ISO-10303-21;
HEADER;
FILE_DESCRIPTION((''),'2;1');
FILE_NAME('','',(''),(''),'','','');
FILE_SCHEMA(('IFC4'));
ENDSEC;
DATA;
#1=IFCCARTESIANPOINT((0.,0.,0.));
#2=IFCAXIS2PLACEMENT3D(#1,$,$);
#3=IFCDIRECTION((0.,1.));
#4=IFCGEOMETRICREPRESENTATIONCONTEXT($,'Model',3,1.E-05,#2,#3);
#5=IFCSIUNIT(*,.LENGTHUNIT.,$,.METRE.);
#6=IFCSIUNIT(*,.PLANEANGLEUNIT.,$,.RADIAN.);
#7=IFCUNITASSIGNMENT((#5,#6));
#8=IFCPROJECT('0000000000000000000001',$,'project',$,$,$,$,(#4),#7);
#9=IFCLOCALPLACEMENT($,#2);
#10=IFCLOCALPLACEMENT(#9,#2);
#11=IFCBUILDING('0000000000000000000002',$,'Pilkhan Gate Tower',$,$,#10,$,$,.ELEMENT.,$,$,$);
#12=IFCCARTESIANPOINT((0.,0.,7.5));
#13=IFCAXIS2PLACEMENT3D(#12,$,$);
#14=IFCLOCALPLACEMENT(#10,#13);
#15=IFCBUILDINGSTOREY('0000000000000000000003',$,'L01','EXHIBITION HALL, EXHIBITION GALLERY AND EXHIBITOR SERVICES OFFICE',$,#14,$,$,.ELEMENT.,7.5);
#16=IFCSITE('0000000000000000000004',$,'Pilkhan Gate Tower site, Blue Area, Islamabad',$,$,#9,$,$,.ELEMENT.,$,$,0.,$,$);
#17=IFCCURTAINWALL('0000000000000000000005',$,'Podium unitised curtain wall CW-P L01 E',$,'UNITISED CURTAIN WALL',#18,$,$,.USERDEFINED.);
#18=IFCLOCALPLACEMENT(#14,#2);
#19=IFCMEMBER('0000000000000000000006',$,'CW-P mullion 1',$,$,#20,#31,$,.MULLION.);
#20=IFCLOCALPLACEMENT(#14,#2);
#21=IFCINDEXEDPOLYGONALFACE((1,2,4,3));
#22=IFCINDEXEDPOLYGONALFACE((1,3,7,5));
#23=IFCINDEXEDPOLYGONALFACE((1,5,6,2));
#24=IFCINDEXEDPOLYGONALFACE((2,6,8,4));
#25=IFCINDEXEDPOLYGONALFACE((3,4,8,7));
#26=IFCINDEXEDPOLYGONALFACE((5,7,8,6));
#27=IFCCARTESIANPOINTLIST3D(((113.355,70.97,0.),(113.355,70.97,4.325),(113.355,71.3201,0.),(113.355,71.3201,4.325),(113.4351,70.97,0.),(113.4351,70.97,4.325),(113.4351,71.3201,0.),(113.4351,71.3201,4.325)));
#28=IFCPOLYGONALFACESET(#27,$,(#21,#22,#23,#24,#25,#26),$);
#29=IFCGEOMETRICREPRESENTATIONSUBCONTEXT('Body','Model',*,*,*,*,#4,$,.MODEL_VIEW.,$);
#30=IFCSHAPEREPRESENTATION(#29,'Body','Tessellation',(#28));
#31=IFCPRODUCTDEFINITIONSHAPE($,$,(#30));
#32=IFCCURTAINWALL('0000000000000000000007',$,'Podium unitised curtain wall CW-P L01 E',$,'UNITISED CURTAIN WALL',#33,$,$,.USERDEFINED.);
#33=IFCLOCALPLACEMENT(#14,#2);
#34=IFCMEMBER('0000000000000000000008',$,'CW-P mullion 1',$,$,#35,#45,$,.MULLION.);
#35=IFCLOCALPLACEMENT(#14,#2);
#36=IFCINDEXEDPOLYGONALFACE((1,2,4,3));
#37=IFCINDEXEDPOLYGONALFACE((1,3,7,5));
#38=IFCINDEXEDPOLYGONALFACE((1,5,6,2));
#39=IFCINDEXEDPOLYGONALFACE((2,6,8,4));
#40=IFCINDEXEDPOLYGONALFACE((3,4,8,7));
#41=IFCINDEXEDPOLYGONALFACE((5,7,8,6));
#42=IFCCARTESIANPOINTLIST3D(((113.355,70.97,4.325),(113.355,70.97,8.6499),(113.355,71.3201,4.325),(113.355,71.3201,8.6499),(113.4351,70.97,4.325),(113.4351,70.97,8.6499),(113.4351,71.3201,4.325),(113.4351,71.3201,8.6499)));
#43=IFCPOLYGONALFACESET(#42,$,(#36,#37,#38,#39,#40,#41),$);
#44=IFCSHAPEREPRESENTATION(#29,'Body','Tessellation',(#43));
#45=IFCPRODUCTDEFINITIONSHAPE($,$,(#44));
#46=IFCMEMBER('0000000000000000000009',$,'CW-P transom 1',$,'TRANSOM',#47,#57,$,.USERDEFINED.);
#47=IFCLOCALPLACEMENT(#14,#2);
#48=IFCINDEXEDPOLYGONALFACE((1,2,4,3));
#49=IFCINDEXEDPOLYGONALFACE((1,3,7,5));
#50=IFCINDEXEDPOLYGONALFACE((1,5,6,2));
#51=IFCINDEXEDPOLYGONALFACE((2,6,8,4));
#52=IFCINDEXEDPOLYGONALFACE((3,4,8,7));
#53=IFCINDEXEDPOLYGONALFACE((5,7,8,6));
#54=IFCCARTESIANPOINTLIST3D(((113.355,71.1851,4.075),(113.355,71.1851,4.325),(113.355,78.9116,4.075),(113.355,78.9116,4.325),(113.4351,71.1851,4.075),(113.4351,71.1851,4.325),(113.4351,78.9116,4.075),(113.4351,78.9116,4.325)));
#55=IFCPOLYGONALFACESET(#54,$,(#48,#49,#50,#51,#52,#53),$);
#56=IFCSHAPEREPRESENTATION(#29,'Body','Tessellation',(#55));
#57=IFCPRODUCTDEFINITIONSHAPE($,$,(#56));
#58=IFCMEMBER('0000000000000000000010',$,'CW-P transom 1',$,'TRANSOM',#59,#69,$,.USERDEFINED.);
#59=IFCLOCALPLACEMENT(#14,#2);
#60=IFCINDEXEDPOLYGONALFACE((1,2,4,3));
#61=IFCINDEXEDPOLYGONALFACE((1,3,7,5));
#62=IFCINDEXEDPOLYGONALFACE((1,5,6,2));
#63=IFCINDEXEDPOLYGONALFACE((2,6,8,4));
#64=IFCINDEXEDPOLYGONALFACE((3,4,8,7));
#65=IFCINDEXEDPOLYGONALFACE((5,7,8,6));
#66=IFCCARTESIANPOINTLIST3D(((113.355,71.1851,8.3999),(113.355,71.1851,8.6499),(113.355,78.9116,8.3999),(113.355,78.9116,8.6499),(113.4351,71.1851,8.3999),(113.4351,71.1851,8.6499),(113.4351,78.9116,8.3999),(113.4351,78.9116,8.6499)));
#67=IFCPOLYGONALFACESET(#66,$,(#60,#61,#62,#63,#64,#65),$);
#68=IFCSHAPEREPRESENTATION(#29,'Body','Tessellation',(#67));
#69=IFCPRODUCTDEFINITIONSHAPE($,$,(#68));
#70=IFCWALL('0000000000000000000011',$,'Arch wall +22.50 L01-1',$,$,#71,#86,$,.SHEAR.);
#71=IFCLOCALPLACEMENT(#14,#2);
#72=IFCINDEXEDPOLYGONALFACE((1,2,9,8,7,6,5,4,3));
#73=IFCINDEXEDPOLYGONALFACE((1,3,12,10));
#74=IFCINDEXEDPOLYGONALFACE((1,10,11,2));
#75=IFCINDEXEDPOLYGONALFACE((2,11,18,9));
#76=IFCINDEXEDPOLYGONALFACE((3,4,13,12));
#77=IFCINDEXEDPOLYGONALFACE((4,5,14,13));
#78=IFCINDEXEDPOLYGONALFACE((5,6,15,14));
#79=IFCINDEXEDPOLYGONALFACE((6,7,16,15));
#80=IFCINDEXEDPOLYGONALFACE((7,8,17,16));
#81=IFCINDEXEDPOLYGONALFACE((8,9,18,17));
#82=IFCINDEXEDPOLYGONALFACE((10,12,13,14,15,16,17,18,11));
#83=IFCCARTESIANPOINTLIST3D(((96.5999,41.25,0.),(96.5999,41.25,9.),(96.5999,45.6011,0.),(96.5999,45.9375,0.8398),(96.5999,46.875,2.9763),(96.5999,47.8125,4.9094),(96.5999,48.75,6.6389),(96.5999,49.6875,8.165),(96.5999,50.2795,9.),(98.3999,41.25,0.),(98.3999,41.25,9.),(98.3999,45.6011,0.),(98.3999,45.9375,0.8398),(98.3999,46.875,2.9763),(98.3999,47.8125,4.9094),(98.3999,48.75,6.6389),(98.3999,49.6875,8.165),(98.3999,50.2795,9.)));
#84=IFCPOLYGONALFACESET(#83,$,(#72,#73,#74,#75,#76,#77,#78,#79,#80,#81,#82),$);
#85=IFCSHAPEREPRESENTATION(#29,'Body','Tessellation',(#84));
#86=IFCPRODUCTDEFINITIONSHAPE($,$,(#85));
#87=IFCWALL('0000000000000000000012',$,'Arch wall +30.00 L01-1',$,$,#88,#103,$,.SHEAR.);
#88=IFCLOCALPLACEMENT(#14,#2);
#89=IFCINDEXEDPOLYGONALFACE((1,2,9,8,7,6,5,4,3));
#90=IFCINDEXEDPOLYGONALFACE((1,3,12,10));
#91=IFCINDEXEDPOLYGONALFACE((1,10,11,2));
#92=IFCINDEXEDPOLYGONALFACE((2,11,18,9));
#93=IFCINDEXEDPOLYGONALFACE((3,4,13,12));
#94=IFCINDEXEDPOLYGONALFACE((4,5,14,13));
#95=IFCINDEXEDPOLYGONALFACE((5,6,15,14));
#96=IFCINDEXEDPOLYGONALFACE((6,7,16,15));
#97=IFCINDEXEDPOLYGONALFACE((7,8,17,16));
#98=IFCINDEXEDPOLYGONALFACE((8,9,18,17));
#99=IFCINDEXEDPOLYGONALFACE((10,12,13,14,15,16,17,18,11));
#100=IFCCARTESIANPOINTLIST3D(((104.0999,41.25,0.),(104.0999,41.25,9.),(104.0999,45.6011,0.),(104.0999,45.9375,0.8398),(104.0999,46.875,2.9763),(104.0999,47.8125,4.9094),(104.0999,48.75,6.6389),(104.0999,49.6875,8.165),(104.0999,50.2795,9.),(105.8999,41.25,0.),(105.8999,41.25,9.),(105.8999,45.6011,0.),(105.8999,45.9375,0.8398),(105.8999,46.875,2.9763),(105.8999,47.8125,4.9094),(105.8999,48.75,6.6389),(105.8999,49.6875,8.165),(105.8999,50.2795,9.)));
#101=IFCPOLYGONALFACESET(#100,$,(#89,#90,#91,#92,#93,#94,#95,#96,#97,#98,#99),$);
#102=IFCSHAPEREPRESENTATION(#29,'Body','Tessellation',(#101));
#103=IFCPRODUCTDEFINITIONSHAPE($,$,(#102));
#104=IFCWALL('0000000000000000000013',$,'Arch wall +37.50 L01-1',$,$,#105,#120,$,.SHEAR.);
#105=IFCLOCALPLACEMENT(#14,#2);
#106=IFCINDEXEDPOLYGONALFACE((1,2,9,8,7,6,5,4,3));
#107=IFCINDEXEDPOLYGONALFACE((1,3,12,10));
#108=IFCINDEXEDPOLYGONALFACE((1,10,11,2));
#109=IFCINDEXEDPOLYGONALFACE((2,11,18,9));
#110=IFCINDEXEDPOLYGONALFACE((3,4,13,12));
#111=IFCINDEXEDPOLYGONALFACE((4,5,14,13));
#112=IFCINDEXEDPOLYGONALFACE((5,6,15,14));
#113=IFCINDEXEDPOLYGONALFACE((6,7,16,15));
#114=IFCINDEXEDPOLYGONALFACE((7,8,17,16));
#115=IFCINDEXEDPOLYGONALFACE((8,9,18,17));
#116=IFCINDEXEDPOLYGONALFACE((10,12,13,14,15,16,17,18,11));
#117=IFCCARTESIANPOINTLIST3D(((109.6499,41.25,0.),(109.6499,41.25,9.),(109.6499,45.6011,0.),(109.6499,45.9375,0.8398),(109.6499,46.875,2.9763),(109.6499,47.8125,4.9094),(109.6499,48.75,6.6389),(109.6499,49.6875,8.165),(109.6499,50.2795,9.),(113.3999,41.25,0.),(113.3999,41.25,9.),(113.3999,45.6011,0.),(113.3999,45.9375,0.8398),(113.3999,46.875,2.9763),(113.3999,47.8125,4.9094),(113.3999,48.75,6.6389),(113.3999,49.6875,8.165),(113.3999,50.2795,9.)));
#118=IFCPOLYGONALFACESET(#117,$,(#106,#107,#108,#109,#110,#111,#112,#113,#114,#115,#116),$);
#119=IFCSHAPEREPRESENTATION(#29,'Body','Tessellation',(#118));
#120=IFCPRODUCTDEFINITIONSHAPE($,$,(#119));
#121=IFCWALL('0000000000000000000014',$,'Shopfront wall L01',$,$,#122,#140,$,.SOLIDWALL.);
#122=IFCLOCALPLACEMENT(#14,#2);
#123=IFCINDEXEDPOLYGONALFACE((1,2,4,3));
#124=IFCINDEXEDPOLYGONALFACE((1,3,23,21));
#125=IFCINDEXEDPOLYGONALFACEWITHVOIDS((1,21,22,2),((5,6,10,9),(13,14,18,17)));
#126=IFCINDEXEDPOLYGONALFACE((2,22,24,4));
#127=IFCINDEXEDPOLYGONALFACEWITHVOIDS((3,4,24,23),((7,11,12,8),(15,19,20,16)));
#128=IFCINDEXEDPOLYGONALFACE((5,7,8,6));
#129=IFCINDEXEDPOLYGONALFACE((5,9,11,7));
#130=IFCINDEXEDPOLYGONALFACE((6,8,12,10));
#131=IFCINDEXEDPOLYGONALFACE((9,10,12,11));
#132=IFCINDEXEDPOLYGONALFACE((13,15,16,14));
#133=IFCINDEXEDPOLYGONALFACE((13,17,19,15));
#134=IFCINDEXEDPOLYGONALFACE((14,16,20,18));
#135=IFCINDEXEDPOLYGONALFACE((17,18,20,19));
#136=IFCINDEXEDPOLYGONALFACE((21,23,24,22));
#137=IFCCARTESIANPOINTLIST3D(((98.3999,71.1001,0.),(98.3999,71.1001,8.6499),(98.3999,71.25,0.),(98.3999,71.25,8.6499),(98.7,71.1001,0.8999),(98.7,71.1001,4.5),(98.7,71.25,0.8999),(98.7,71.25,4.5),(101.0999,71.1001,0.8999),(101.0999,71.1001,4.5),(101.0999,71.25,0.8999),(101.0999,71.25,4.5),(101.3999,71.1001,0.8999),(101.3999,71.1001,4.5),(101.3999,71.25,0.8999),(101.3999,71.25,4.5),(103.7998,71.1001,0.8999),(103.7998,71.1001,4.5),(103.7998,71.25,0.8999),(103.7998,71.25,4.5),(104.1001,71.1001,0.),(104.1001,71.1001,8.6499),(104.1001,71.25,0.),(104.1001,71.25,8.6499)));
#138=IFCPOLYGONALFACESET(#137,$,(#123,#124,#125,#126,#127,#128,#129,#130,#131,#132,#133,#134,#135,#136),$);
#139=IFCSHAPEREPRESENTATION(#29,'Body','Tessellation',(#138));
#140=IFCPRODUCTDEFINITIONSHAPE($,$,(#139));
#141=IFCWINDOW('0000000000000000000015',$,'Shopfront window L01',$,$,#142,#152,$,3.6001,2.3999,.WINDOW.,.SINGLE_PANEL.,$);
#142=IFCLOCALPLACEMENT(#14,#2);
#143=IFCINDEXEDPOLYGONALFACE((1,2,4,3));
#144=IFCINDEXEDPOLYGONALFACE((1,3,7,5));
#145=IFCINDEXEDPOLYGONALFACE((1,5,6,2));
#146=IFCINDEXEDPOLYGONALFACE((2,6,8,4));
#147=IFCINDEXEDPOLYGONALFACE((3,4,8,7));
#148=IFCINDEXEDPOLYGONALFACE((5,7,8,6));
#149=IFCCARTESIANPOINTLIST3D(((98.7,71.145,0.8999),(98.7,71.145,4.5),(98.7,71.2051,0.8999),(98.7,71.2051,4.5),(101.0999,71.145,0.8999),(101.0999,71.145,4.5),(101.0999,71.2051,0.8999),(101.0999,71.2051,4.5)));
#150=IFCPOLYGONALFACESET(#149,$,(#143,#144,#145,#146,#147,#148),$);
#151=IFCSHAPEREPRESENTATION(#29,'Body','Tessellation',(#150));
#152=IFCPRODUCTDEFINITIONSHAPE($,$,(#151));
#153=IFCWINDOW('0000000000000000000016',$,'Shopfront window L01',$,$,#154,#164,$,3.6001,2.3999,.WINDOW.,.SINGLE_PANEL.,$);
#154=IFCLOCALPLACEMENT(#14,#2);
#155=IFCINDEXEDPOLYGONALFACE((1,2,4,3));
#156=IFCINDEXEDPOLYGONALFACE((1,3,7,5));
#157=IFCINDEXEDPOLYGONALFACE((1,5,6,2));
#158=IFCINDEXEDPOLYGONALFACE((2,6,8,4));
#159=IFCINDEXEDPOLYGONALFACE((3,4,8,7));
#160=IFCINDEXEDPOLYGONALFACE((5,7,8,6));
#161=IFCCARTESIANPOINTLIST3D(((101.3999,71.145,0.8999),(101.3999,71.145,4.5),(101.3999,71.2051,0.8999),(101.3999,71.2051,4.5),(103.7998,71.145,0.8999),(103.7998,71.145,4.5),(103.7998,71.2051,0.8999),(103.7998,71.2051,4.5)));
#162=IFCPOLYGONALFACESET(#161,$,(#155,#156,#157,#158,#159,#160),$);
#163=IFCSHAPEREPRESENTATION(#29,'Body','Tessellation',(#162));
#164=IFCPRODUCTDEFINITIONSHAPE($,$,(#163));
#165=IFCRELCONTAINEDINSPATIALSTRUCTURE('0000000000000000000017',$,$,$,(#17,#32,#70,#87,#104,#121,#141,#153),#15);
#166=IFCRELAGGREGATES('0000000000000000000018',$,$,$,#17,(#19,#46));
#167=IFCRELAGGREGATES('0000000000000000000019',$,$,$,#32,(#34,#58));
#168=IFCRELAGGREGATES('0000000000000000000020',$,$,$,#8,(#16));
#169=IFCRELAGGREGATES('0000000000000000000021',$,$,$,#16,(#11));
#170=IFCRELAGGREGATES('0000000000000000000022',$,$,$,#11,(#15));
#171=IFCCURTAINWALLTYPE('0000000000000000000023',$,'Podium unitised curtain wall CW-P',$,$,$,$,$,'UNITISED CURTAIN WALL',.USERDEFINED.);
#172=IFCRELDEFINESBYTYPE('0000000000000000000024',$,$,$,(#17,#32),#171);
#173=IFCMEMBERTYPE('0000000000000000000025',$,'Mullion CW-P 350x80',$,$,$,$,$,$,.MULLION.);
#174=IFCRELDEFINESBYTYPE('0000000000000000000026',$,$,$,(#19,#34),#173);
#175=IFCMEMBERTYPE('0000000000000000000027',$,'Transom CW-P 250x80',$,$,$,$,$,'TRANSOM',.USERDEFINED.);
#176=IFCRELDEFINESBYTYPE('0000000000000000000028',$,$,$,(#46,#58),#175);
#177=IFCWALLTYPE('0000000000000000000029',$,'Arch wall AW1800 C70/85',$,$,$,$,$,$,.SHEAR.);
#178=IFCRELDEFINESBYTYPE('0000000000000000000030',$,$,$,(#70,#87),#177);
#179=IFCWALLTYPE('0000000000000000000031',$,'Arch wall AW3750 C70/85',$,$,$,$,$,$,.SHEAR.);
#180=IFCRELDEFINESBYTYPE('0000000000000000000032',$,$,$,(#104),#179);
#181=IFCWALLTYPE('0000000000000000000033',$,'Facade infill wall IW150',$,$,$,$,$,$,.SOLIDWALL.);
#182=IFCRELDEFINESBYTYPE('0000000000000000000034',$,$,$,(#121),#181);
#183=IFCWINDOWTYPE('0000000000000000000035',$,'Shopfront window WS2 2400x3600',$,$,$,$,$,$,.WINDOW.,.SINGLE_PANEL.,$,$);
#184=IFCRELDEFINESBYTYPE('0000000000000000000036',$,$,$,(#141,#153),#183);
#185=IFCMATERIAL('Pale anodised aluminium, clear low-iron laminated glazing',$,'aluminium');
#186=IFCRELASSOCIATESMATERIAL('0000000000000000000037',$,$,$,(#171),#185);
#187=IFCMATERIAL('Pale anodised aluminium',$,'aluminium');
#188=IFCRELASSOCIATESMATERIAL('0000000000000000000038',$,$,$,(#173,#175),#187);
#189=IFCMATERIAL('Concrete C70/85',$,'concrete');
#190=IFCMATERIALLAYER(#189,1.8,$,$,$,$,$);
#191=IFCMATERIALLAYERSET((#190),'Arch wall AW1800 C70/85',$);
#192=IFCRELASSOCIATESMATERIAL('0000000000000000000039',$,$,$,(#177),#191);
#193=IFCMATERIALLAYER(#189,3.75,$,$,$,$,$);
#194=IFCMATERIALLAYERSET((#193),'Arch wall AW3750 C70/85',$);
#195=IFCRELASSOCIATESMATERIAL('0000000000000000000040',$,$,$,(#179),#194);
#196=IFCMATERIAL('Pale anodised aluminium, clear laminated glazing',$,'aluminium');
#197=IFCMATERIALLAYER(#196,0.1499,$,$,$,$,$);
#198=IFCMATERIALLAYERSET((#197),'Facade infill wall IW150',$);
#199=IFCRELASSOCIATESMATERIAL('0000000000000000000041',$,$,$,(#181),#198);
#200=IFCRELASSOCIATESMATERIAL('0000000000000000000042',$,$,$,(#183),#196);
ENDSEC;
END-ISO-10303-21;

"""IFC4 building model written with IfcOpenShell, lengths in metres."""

from ifc_helpers import new_model, si_unit, direction, frame, frame_2d, origin, origin_2d, place, context, subcontext, project, spatial, polyline, rectangle, outline, extrude, material, layer, layer_set, material_profile, profile_set, type_object, element, fill, aggregate, save


model = new_model("IFC4")

# Units and contexts
model_context = context("Model", 3, precision=1e-05, world=origin(), true_north=direction((0.0, 1.0)))
body_context = subcontext(model_context, "Body", "Model", "MODEL_VIEW")
ifc_project = project(units=[si_unit("LENGTHUNIT", "METRE"), si_unit("PLANEANGLEUNIT", "RADIAN")], contexts=[model_context])

# Site, building, storey
site_placement = place(None, origin())
site = spatial("IfcSite", under=ifc_project, at=site_placement, Name="Pilkhan Gate Tower site, Blue Area, Islamabad", CompositionType="ELEMENT", RefElevation=0.0)
building_placement = place(site_placement, origin())
building = spatial("IfcBuilding", under=site, at=building_placement, Name="Pilkhan Gate Tower", CompositionType="ELEMENT")
storey_placement = place(building_placement, frame((0.0, 0.0, 7.5)))
storey = spatial("IfcBuildingStorey", under=building, at=storey_placement, Name="L01", Description="EXHIBITION HALL, EXHIBITION GALLERY AND EXHIBITOR SERVICES OFFICE", CompositionType="ELEMENT", Elevation=7.5)

# Curtain walls, members
ifc_material_1 = material(Name="Pale anodised aluminium, clear low-iron laminated glazing", Category="aluminium")
curtain_wall_type = type_object("IfcCurtainWallType", Name="Podium unitised curtain wall CW-P", ElementType="UNITISED CURTAIN WALL", PredefinedType="USERDEFINED", material=ifc_material_1)
curtain_wall_1_placement = place(storey_placement, origin())
curtain_wall_1 = element("IfcCurtainWall", 1, at=curtain_wall_1_placement, inside=storey, type_object=curtain_wall_type, Name="Podium unitised curtain wall CW-P L01 E", ObjectType="UNITISED CURTAIN WALL", PredefinedType="USERDEFINED")
ifc_material_2 = material(Name="Pale anodised aluminium", Category="aluminium")
ifc_material_profile_1 = material_profile(ifc_material_2, rectangle(XDim=0.0801, YDim=0.3501, at=origin_2d()), Name="Mullion 350x80")
ifc_profile_set_1 = profile_set([ifc_material_profile_1], Name="Pale anodised aluminium")
member_type_1 = type_object("IfcMemberType", Name="Mullion CW-P 350x80", PredefinedType="MULLION", material=ifc_profile_set_1)
member_1_placement = place(storey_placement, frame((113.395, 71.145, 0.0), z_axis=(0.0, 0.0, 1.0), x_axis=(-1.0, 0.0, 0.0)))
member_1 = element("IfcMember", 2, at=member_1_placement, type_object=member_type_1, Name="CW-P mullion 1", PredefinedType="MULLION", context=body_context, shape_type="SweptSolid", body=[
    extrude(rectangle(XDim=0.0801, YDim=0.3501, at=origin_2d()), origin(), (0.0, 0.0, 1.0), 4.325),
])
curtain_wall_2_placement = place(storey_placement, origin())
curtain_wall_2 = element("IfcCurtainWall", 3, at=curtain_wall_2_placement, inside=storey, type_object=curtain_wall_type, Name="Podium unitised curtain wall CW-P L01 E", ObjectType="UNITISED CURTAIN WALL", PredefinedType="USERDEFINED")
member_2_placement = place(storey_placement, frame((113.395, 71.145, 4.325), z_axis=(0.0, 0.0, 1.0), x_axis=(-1.0, 0.0, 0.0)))
member_2 = element("IfcMember", 4, at=member_2_placement, type_object=member_type_1, Name="CW-P mullion 1", PredefinedType="MULLION", context=body_context, shape_type="SweptSolid", body=[
    extrude(rectangle(XDim=0.0801, YDim=0.3501, at=origin_2d()), origin(), (0.0, 0.0, 1.0), 4.325),
])

# Members
ifc_material_profile_2 = material_profile(ifc_material_2, rectangle(XDim=0.0801, YDim=0.25, at=origin_2d()), Name="Transom 250x80")
ifc_profile_set_2 = profile_set([ifc_material_profile_2], Name="Pale anodised aluminium")
member_type_2 = type_object("IfcMemberType", Name="Transom CW-P 250x80", ElementType="TRANSOM", PredefinedType="USERDEFINED", material=ifc_profile_set_2)
member_3_placement = place(storey_placement, frame((113.395, 71.1851, 4.2), z_axis=(0.0, 1.0, 0.0), x_axis=(-1.0, 0.0, 0.0)))
member_3 = element("IfcMember", 5, at=member_3_placement, type_object=member_type_2, Name="CW-P transom 1", ObjectType="TRANSOM", PredefinedType="USERDEFINED", context=body_context, shape_type="SweptSolid", body=[
    extrude(rectangle(XDim=0.0801, YDim=0.25, at=origin_2d()), origin(), (0.0, 0.0, 1.0), 7.7266),
])
aggregate(curtain_wall_1, [member_1, member_3])
member_4_placement = place(storey_placement, frame((113.395, 71.1851, 8.5249), z_axis=(0.0, 1.0, 0.0), x_axis=(-1.0, 0.0, 0.0)))
member_4 = element("IfcMember", 6, at=member_4_placement, type_object=member_type_2, Name="CW-P transom 1", ObjectType="TRANSOM", PredefinedType="USERDEFINED", context=body_context, shape_type="SweptSolid", body=[
    extrude(rectangle(XDim=0.0801, YDim=0.25, at=origin_2d()), origin(), (0.0, 0.0, 1.0), 7.7266),
])
aggregate(curtain_wall_2, [member_2, member_4])

# Walls
ifc_material_3 = material(Name="Concrete C70/85", Category="concrete")
ifc_layer_1 = layer(ifc_material_3, 1.8)
ifc_layer_set_1 = layer_set([ifc_layer_1], Name="Arch wall AW1800 C70/85")
wall_type_1 = type_object("IfcWallType", Name="Arch wall AW1800 C70/85", PredefinedType="SHEAR", material=ifc_layer_set_1)
wall_1_placement = place(storey_placement, frame((98.3999, 50.2795, 9.0), z_axis=(1.0, 0.0, 0.0), x_axis=(0.0, -1.0, 0.0)))
element("IfcWall", 7, at=wall_1_placement, inside=storey, type_object=wall_type_1, Name="Arch wall +22.50 L01-1", PredefinedType="SHEAR", context=body_context, shape_type="SweptSolid", body=[
    extrude(outline(polyline([(0.0, 0.0), (9.0295, 0.0), (9.0295, 9.0), (4.6785, 9.0), (4.342, 8.1602), (3.4045, 6.0237), (2.467, 4.0906), (1.5295, 2.3611), (0.592, 0.835), (0.0, 0.0)])), origin(), (0.0, 0.0, -1.0), 1.8),
])
wall_2_placement = place(storey_placement, frame((105.8999, 50.2795, 9.0), z_axis=(1.0, 0.0, 0.0), x_axis=(0.0, -1.0, 0.0)))
element("IfcWall", 8, at=wall_2_placement, inside=storey, type_object=wall_type_1, Name="Arch wall +30.00 L01-1", PredefinedType="SHEAR", context=body_context, shape_type="SweptSolid", body=[
    extrude(outline(polyline([(0.0, 0.0), (9.0295, 0.0), (9.0295, 9.0), (4.6785, 9.0), (4.342, 8.1602), (3.4045, 6.0237), (2.467, 4.0906), (1.5295, 2.3611), (0.592, 0.835), (0.0, 0.0)])), origin(), (0.0, 0.0, -1.0), 1.8),
])
ifc_layer_2 = layer(ifc_material_3, 3.75)
ifc_layer_set_2 = layer_set([ifc_layer_2], Name="Arch wall AW3750 C70/85")
wall_type_2 = type_object("IfcWallType", Name="Arch wall AW3750 C70/85", PredefinedType="SHEAR", material=ifc_layer_set_2)
wall_3_placement = place(storey_placement, frame((113.3999, 50.2795, 9.0), z_axis=(1.0, 0.0, 0.0), x_axis=(0.0, -1.0, 0.0)))
element("IfcWall", 9, at=wall_3_placement, inside=storey, type_object=wall_type_2, Name="Arch wall +37.50 L01-1", PredefinedType="SHEAR", context=body_context, shape_type="SweptSolid", body=[
    extrude(outline(polyline([(0.0, 0.0), (9.0295, 0.0), (9.0295, 9.0), (4.6785, 9.0), (4.342, 8.1602), (3.4045, 6.0237), (2.467, 4.0906), (1.5295, 2.3611), (0.592, 0.835), (0.0, 0.0)])), origin(), (0.0, 0.0, -1.0), 3.75),
])

# Wall, openings, windows
ifc_material_4 = material(Name="Pale anodised aluminium, clear laminated glazing", Category="aluminium")
ifc_layer_3 = layer(ifc_material_4, 0.1499)
ifc_layer_set_3 = layer_set([ifc_layer_3], Name="Facade infill wall IW150")
wall_type_3 = type_object("IfcWallType", Name="Facade infill wall IW150", PredefinedType="SOLIDWALL", material=ifc_layer_set_3)
wall_4_placement = place(storey_placement, frame((98.3999, 71.175, 0.0), z_axis=(0.0, 0.0, 1.0), x_axis=(1.0, 0.0, 0.0)))
wall_4 = element("IfcWall", 10, at=wall_4_placement, inside=storey, type_object=wall_type_3, Name="Shopfront wall L01", PredefinedType="SOLIDWALL", context=body_context, shape_type="SweptSolid", body=[
    extrude(rectangle(XDim=5.7002, YDim=0.1499, at=frame_2d((2.8501, 0.0))), origin(), (0.0, 0.0, 1.0), 8.6499),
])
opening_1_placement = place(wall_4_placement, frame((0.3, 0.0, 0.8999)))
opening_1 = element("IfcOpeningElement", 11, at=opening_1_placement, cuts=wall_4, PredefinedType="OPENING", context=body_context, shape_type="SweptSolid", body=[
    extrude(rectangle(XDim=2.3999, YDim=3.6001, at=frame_2d((1.2, 1.8))), frame((0.0, 0.085, 0.0), z_axis=(0.0, -1.0, 0.0), x_axis=(1.0, 0.0, 0.0)), (0.0, 0.0, 1.0), 0.1699),
])
opening_2_placement = place(wall_4_placement, frame((3.0, 0.0, 0.8999)))
opening_2 = element("IfcOpeningElement", 12, at=opening_2_placement, cuts=wall_4, PredefinedType="OPENING", context=body_context, shape_type="SweptSolid", body=[
    extrude(rectangle(XDim=2.3999, YDim=3.6001, at=frame_2d((1.2, 1.8))), frame((0.0, 0.085, 0.0), z_axis=(0.0, -1.0, 0.0), x_axis=(1.0, 0.0, 0.0)), (0.0, 0.0, 1.0), 0.1699),
])
window_type = type_object("IfcWindowType", Name="Shopfront window WS2 2400x3600", PartitioningType="SINGLE_PANEL", PredefinedType="WINDOW", material=ifc_material_4)
window_1_placement = place(opening_1_placement, origin())
window_1 = element("IfcWindow", 13, at=window_1_placement, inside=storey, type_object=window_type, Name="Shopfront window L01", OverallHeight=3.6001, OverallWidth=2.3999, PartitioningType="SINGLE_PANEL", PredefinedType="WINDOW", context=body_context, shape_type="SweptSolid", body=[
    extrude(rectangle(XDim=2.3999, YDim=3.6001, at=frame_2d((1.2, 1.8))), frame((0.0, 0.03, 0.0), z_axis=(0.0, -1.0, 0.0), x_axis=(1.0, 0.0, 0.0)), (0.0, 0.0, 1.0), 0.0601),
])
fill(opening_1, window_1)
window_2_placement = place(opening_2_placement, origin())
window_2 = element("IfcWindow", 14, at=window_2_placement, inside=storey, type_object=window_type, Name="Shopfront window L01", OverallHeight=3.6001, OverallWidth=2.3999, PartitioningType="SINGLE_PANEL", PredefinedType="WINDOW", context=body_context, shape_type="SweptSolid", body=[
    extrude(rectangle(XDim=2.3999, YDim=3.6001, at=frame_2d((1.2, 1.8))), frame((0.0, 0.03, 0.0), z_axis=(0.0, -1.0, 0.0), x_axis=(1.0, 0.0, 0.0)), (0.0, 0.0, 1.0), 0.0601),
])
fill(opening_2, window_2)

save(model, "model.ifc")
